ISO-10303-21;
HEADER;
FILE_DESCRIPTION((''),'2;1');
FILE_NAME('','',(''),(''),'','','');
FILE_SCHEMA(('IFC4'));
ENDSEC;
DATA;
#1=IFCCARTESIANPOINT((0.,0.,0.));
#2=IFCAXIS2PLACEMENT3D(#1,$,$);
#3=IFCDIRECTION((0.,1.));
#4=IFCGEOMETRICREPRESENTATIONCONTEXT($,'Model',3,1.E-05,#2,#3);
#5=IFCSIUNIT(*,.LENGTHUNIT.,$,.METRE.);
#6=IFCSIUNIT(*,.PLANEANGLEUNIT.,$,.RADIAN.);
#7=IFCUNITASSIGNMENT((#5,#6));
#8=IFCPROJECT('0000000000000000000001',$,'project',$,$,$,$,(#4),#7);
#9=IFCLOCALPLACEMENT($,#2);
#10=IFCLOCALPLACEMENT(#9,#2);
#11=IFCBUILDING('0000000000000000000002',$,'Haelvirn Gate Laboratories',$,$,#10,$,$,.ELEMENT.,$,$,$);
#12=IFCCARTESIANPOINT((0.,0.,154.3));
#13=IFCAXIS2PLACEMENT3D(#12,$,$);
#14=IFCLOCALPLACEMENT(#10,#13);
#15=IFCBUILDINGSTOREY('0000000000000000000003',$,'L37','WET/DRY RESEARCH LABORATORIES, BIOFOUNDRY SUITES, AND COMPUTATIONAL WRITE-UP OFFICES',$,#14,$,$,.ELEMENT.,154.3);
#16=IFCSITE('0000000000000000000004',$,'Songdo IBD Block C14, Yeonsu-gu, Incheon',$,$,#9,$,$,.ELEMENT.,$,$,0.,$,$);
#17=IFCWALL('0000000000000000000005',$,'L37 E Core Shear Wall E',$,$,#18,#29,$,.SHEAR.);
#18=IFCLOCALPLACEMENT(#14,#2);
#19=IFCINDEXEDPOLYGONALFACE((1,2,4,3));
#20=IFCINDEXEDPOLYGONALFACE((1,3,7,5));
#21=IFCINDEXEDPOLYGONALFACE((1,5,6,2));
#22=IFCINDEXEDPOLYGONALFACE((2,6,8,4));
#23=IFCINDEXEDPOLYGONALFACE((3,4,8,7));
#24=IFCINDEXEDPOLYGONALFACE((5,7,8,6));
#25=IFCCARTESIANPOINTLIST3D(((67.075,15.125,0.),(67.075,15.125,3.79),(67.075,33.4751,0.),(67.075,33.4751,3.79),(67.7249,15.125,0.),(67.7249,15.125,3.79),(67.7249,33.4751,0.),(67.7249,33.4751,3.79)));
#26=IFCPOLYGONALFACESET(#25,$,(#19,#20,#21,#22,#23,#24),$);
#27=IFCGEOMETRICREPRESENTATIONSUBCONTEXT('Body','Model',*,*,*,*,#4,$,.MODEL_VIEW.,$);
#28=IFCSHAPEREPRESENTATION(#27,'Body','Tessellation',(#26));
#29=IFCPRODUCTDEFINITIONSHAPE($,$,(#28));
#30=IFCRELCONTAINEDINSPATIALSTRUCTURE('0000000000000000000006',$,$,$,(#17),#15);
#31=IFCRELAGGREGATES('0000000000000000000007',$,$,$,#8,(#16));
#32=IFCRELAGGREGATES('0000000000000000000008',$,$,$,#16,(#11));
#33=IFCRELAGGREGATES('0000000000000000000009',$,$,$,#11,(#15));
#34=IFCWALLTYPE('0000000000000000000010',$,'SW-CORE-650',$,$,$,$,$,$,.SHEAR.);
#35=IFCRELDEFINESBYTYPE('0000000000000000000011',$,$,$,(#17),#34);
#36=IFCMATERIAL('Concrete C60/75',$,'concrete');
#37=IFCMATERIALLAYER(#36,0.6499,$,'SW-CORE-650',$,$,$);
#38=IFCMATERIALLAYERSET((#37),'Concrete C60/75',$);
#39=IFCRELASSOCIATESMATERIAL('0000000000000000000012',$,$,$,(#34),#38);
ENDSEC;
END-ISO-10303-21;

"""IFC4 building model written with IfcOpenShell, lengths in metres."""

from ifc_helpers import new_model, si_unit, direction, frame, frame_2d, origin, place, context, subcontext, project, spatial, rectangle, extrude, material, layer, layer_set, type_object, element, save


model = new_model("IFC4")

# Units and contexts
model_context = context("Model", 3, precision=1e-05, world=origin(), true_north=direction((0.0, 1.0)))
body_context = subcontext(model_context, "Body", "Model", "MODEL_VIEW")
ifc_project = project(units=[si_unit("LENGTHUNIT", "METRE"), si_unit("PLANEANGLEUNIT", "RADIAN")], contexts=[model_context])

# Site, building, storey
site_placement = place(None, origin())
site = spatial("IfcSite", under=ifc_project, at=site_placement, Name="Songdo IBD Block C14, Yeonsu-gu, Incheon", CompositionType="ELEMENT", RefElevation=0.0)
building_placement = place(site_placement, origin())
building = spatial("IfcBuilding", under=site, at=building_placement, Name="Haelvirn Gate Laboratories", CompositionType="ELEMENT")
storey_placement = place(building_placement, frame((0.0, 0.0, 154.3)))
storey = spatial("IfcBuildingStorey", under=building, at=storey_placement, Name="L37", Description="WET/DRY RESEARCH LABORATORIES, BIOFOUNDRY SUITES, AND COMPUTATIONAL WRITE-UP OFFICES", CompositionType="ELEMENT", Elevation=154.3)

# Shared definitions
ifc_material_1 = material(Name="Concrete C60/75", Category="concrete")

# Wall
ifc_layer_1 = layer(ifc_material_1, 0.6499, Name="SW-CORE-650")
ifc_layer_set_1 = layer_set([ifc_layer_1], Name="Concrete C60/75")
wall_type_1 = type_object("IfcWallType", Name="SW-CORE-650", PredefinedType="SHEAR", material=ifc_layer_set_1)
wall_1_placement = place(storey_placement, frame((67.3999, 15.125, 0.0), z_axis=(0.0, 0.0, 1.0), x_axis=(0.0, 1.0, 0.0)))
element("IfcWall", 1, at=wall_1_placement, inside=storey, type_object=wall_type_1, Name="L37 E Core Shear Wall E", PredefinedType="SHEAR", context=body_context, shape_type="SweptSolid", body=[
    extrude(rectangle(XDim=18.3501, YDim=0.6499, at=frame_2d((9.175, 0.0))), origin(), (0.0, 0.0, 1.0), 3.79),
])

save(model, "model.ifc")
